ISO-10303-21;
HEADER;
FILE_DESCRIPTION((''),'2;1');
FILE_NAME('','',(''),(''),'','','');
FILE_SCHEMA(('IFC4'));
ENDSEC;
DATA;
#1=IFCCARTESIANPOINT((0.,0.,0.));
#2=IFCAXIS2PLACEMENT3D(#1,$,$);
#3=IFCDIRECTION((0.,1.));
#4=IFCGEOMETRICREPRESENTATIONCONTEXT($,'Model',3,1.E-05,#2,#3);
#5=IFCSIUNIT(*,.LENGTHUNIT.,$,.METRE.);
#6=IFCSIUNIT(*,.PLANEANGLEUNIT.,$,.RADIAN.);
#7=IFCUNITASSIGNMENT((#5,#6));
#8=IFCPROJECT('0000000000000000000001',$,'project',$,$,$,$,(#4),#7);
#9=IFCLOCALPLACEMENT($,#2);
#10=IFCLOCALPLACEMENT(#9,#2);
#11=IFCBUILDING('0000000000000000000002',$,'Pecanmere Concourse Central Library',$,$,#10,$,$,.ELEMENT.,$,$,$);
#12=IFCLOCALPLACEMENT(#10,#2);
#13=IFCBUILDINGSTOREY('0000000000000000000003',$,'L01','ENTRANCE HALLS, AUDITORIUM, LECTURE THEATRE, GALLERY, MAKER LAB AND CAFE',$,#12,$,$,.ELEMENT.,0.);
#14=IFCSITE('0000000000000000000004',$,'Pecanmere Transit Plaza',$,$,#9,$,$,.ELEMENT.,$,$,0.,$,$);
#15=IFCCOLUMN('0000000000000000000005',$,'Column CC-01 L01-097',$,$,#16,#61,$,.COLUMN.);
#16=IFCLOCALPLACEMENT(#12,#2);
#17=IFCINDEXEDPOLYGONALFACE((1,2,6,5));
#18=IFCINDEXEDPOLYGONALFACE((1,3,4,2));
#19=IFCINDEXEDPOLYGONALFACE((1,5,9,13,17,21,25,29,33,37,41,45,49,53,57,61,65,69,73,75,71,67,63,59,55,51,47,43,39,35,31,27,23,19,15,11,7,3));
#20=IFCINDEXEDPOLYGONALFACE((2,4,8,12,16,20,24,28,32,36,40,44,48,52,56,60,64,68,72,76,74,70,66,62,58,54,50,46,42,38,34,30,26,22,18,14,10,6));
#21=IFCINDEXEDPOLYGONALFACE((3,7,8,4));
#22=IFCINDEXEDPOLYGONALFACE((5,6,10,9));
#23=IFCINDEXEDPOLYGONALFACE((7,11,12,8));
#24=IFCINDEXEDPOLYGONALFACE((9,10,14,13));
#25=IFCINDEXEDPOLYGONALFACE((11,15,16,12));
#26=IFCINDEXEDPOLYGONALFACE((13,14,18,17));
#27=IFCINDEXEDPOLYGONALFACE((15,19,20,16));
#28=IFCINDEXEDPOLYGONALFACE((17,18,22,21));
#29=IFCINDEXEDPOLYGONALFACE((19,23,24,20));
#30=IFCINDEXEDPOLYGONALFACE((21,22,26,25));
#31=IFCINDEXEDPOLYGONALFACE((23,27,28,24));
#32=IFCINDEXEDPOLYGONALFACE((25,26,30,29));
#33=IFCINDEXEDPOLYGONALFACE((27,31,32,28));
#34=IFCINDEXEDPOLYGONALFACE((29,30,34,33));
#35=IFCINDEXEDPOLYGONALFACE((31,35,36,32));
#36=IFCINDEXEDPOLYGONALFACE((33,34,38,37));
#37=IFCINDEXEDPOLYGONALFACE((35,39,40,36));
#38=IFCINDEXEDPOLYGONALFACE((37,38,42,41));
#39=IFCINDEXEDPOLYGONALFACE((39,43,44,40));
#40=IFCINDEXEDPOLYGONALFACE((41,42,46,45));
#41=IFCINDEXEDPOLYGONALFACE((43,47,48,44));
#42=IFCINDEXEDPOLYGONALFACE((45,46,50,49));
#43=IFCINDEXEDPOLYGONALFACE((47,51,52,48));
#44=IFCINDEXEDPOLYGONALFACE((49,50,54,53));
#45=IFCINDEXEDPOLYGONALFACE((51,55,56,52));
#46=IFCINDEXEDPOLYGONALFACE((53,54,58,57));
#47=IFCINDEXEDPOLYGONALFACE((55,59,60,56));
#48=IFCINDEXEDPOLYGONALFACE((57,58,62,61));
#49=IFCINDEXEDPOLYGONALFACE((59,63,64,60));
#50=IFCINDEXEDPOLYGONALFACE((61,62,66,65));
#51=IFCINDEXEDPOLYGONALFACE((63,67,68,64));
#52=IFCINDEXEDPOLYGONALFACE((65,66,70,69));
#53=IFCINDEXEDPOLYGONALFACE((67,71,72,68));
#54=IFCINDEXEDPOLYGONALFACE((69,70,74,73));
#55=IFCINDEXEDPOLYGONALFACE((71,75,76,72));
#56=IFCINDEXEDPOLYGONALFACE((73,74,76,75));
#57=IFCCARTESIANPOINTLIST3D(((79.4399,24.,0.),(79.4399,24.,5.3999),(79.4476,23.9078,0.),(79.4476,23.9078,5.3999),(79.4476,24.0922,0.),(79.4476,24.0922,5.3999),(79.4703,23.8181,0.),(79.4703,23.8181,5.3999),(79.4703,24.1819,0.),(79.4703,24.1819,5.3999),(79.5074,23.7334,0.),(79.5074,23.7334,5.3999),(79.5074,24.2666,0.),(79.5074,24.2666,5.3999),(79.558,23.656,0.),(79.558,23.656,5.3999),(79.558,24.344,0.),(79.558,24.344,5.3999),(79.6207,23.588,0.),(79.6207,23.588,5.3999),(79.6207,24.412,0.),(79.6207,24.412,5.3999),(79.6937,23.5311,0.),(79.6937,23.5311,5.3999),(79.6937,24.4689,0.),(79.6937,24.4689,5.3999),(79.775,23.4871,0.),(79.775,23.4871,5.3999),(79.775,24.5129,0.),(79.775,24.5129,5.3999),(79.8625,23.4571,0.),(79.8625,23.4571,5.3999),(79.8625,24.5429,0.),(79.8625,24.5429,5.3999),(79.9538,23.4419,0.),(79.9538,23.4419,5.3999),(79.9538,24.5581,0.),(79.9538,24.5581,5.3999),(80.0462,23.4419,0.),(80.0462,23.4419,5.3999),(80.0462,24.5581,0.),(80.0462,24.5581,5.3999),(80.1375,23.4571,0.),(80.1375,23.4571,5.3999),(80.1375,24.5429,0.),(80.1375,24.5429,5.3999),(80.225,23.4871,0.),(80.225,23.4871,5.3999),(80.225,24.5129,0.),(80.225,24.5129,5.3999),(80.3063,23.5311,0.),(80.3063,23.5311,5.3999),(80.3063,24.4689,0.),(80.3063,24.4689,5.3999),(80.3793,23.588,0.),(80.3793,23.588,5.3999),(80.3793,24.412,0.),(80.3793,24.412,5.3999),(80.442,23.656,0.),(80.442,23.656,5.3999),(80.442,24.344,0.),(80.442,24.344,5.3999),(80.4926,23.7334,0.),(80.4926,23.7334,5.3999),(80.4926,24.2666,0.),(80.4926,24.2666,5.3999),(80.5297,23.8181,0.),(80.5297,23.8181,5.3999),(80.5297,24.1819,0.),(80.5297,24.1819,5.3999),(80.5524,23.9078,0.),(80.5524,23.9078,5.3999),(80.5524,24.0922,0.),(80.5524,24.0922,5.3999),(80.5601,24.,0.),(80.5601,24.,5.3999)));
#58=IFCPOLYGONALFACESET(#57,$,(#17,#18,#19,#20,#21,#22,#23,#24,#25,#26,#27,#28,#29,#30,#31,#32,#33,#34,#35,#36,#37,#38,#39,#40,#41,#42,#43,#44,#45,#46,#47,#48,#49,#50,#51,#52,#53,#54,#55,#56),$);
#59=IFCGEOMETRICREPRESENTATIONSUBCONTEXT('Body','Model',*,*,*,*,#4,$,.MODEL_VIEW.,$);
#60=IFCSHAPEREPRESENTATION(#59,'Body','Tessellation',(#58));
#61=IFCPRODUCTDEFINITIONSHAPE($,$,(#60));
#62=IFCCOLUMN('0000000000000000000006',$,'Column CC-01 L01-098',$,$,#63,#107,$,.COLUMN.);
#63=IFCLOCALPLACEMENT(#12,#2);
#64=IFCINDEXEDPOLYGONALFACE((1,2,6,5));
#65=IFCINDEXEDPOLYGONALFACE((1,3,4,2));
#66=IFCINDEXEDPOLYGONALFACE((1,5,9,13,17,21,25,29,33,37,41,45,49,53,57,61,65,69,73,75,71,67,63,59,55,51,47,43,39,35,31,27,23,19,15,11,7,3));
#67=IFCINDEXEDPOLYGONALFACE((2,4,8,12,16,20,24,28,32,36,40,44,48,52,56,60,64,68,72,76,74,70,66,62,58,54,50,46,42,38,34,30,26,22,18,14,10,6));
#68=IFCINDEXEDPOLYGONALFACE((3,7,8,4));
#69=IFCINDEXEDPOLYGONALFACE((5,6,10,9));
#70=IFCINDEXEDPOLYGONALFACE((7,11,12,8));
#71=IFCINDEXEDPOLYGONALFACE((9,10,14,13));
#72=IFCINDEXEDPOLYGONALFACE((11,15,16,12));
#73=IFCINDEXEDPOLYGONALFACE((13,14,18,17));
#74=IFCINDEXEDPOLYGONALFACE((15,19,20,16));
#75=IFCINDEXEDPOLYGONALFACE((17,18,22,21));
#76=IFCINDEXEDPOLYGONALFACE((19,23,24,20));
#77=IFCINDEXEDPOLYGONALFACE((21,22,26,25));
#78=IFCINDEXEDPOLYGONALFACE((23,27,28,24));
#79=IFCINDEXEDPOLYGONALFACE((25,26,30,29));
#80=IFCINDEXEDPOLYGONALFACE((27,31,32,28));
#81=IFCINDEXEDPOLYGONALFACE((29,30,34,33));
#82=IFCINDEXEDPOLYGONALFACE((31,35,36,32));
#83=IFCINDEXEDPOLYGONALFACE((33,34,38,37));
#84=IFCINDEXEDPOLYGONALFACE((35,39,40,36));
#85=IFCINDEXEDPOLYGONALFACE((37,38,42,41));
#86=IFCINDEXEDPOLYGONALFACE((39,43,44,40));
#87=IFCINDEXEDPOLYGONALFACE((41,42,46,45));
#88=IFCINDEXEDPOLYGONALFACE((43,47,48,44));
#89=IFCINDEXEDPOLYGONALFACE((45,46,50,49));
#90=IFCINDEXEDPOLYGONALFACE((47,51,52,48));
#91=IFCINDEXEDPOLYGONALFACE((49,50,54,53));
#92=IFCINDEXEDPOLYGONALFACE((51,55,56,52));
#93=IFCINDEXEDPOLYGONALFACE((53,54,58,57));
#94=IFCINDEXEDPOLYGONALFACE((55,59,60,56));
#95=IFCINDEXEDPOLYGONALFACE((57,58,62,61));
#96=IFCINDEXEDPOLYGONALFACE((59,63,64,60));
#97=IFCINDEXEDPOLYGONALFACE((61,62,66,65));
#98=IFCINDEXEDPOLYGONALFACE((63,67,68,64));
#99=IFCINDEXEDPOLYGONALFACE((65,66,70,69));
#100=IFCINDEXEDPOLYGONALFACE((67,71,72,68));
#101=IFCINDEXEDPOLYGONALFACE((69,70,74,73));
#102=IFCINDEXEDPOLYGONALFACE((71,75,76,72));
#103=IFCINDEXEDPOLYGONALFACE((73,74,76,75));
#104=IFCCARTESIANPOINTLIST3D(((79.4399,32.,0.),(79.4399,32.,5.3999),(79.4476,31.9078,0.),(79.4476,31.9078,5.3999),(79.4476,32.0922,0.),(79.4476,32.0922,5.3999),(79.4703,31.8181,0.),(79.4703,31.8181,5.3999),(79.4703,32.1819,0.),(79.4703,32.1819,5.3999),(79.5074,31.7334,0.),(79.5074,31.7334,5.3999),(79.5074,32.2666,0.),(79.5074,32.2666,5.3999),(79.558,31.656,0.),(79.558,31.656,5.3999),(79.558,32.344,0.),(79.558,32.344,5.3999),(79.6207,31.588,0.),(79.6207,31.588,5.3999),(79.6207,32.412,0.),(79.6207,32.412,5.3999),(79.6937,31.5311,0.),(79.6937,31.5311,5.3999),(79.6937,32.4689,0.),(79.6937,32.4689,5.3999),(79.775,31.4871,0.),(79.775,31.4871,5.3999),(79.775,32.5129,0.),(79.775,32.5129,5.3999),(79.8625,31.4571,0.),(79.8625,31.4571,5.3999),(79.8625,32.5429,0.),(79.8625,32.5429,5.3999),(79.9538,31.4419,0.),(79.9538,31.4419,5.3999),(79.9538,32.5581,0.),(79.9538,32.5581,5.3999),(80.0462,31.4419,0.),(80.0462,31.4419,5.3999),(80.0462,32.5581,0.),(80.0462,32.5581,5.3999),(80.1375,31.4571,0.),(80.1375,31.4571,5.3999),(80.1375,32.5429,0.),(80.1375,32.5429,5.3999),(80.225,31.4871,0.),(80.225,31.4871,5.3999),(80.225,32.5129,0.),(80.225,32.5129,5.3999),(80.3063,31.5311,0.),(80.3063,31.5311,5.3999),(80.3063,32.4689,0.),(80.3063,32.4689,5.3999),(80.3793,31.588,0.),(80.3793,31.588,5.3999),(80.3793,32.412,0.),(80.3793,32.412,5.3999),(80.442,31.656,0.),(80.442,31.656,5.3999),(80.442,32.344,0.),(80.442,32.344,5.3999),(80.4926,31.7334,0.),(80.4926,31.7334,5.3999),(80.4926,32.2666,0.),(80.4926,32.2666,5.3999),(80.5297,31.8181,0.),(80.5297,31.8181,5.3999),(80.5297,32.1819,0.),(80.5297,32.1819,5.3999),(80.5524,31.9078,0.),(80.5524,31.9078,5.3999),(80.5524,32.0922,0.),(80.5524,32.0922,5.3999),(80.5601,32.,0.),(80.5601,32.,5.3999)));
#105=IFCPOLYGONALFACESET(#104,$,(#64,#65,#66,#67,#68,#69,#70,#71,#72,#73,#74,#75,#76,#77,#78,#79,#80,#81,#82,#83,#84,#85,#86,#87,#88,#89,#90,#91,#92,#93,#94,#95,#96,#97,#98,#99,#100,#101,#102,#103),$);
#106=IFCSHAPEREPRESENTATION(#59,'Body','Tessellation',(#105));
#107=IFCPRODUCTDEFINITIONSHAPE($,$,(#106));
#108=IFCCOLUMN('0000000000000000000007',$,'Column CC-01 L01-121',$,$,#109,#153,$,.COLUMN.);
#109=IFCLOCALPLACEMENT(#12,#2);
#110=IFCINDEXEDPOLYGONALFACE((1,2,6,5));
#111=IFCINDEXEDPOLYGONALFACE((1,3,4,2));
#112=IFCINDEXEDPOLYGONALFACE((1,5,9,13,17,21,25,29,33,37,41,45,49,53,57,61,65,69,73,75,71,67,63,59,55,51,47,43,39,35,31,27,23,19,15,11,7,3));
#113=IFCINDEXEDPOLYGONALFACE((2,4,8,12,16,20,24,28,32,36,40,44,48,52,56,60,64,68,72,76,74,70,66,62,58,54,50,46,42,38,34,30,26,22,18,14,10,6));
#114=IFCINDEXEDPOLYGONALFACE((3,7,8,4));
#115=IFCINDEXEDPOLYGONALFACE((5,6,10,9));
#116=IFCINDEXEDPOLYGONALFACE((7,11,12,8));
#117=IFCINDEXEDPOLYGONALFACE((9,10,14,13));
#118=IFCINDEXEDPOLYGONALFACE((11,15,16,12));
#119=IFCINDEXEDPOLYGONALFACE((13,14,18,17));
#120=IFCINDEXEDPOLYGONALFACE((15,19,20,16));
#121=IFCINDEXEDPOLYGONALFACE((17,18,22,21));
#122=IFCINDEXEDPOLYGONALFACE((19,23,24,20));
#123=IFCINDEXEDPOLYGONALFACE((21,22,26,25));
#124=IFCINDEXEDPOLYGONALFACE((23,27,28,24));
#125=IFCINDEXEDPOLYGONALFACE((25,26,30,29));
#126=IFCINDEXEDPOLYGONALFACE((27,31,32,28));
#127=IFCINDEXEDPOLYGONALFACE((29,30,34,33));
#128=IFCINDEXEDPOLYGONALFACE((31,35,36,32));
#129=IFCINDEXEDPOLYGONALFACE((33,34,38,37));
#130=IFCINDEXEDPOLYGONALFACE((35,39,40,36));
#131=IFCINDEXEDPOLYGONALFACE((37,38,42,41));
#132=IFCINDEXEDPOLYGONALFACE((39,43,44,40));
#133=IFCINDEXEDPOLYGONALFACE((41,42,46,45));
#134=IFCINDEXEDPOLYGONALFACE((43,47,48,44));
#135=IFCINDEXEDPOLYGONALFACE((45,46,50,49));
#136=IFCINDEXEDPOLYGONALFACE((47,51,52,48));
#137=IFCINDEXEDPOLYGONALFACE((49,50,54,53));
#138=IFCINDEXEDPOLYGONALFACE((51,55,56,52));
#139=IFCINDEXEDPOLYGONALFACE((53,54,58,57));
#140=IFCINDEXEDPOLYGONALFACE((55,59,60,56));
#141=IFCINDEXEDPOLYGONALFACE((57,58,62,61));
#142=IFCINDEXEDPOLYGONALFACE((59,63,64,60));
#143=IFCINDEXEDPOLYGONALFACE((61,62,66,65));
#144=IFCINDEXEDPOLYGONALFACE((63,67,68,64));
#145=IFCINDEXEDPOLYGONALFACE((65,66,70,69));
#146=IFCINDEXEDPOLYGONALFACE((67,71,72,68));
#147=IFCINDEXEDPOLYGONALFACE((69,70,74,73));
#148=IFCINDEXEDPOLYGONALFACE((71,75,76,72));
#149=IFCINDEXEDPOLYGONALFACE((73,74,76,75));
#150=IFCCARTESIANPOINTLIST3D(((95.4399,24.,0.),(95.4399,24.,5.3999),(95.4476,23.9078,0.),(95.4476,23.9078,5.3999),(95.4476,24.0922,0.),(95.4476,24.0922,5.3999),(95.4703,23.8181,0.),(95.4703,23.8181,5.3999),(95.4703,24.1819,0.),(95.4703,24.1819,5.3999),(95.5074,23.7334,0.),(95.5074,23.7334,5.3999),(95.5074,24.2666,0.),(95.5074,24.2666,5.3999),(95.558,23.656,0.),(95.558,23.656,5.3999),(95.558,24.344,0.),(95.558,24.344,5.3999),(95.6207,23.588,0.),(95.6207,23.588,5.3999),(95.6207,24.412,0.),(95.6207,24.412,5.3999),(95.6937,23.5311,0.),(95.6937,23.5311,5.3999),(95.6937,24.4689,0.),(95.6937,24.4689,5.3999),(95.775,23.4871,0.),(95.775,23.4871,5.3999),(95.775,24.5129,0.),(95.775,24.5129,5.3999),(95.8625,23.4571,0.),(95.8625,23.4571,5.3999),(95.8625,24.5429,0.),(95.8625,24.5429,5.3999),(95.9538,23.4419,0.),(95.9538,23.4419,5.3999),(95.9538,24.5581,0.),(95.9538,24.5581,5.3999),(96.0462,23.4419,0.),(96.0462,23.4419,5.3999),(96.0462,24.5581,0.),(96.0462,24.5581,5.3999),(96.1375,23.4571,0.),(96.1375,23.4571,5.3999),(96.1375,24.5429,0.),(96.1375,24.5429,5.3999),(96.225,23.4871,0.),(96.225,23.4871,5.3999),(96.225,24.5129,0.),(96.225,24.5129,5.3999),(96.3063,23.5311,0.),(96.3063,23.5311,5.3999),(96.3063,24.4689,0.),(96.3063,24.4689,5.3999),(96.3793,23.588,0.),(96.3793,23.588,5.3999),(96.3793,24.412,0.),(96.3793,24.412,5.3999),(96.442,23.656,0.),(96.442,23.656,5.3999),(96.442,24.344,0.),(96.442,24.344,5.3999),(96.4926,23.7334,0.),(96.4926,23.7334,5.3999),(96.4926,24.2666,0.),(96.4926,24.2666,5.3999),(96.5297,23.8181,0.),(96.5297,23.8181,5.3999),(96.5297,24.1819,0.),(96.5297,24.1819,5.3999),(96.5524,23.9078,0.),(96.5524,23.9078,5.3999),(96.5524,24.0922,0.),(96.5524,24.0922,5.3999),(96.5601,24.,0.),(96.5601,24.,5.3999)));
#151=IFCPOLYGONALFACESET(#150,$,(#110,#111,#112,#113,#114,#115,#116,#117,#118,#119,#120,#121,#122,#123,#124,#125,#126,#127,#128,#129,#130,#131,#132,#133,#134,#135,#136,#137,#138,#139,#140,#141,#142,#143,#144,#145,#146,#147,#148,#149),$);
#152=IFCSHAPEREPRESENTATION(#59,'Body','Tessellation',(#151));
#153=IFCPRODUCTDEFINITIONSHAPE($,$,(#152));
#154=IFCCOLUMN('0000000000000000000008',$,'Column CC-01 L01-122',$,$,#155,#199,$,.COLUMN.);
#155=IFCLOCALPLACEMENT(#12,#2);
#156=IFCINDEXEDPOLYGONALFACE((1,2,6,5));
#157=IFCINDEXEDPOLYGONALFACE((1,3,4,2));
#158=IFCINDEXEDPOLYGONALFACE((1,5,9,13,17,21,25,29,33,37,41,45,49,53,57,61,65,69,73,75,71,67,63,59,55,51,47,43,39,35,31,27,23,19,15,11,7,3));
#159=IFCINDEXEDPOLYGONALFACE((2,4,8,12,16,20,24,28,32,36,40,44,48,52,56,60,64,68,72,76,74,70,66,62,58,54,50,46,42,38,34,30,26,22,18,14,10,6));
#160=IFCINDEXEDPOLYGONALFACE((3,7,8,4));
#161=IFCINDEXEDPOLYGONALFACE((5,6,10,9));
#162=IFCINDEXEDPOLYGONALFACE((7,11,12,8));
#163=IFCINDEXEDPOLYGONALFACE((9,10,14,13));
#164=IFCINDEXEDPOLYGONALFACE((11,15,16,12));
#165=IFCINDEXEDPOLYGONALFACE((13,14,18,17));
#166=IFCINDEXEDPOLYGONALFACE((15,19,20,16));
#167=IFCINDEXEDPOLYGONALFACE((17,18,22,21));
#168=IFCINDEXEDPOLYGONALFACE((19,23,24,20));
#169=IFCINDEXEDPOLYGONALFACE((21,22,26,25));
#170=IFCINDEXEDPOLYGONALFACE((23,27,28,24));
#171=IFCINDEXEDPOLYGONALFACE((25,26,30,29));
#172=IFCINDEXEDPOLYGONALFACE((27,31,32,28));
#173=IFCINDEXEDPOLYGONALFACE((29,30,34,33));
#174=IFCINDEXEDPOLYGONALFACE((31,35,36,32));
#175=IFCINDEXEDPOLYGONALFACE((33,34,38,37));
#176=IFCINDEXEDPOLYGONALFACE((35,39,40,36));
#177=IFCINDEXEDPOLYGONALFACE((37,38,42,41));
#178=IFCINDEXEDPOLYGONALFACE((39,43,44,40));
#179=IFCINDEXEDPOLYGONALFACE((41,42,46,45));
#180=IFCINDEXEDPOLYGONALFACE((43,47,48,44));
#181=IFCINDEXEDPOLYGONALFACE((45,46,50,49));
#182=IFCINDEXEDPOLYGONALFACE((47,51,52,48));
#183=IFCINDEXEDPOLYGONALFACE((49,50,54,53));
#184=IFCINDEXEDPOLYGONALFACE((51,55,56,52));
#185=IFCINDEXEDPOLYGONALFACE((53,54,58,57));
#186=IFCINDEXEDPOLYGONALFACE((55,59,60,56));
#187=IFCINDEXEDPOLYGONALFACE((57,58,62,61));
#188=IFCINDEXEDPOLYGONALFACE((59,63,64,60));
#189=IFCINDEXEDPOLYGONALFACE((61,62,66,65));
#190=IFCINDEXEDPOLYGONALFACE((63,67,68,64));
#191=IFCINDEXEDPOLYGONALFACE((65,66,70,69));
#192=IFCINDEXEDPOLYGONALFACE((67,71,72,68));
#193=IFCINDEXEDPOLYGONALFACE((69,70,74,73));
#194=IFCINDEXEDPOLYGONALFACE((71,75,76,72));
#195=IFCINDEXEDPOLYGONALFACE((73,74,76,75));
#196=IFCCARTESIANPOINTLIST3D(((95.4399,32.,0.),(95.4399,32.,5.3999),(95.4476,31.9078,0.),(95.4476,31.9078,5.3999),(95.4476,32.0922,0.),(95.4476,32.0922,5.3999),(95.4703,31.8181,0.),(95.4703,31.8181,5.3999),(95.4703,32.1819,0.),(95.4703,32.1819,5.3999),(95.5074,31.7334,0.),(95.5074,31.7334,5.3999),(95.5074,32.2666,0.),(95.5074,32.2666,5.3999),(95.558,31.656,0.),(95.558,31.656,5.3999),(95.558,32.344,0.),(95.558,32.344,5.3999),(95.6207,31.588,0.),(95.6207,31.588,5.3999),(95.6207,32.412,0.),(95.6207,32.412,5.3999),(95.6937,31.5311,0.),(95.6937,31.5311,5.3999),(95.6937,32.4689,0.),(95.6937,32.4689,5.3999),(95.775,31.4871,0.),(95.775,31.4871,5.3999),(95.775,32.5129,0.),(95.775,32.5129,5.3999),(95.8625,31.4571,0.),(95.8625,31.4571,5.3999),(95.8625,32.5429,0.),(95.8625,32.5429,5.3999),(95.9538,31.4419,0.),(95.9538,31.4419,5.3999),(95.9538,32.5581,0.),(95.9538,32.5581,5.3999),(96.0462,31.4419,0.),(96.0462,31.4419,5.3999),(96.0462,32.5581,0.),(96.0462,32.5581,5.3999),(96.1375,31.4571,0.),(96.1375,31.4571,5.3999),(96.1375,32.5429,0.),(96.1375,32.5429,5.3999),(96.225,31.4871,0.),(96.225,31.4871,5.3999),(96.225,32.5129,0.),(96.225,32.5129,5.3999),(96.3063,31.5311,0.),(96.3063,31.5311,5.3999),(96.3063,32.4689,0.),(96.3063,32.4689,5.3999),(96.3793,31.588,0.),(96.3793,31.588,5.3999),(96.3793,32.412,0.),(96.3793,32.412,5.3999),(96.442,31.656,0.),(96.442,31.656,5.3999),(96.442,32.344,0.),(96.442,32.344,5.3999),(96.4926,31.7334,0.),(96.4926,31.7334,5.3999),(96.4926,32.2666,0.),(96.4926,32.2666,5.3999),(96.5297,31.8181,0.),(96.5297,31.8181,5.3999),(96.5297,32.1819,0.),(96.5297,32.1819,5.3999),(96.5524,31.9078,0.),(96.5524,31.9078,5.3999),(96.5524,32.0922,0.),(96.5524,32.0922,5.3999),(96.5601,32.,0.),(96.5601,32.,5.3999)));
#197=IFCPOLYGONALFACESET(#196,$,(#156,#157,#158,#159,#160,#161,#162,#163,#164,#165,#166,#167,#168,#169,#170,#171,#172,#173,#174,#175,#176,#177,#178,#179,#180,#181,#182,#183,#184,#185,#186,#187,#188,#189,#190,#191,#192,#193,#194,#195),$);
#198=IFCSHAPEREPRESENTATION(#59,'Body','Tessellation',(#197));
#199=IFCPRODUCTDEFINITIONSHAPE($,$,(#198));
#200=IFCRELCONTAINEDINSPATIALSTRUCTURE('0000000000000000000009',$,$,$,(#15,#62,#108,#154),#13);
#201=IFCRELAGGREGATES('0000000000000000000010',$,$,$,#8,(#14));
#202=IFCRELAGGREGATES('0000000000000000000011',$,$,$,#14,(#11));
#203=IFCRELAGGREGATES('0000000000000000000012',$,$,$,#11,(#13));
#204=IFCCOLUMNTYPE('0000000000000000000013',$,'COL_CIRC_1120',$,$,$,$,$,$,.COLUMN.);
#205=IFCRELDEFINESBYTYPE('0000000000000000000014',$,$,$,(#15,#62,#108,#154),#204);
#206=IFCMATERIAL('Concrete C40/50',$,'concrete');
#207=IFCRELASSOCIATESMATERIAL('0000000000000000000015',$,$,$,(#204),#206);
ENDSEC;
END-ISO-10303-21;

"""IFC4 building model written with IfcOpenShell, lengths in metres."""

from ifc_helpers import new_model, si_unit, direction, frame, origin, origin_2d, place, context, subcontext, project, spatial, circle, extrude, material, material_profile, profile_set, type_object, element, save


model = new_model("IFC4")

# Units and contexts
model_context = context("Model", 3, precision=1e-05, world=origin(), true_north=direction((0.0, 1.0)))
body_context = subcontext(model_context, "Body", "Model", "MODEL_VIEW")
ifc_project = project(units=[si_unit("LENGTHUNIT", "METRE"), si_unit("PLANEANGLEUNIT", "RADIAN")], contexts=[model_context])

# Site, building, storey
site_placement = place(None, origin())
site = spatial("IfcSite", under=ifc_project, at=site_placement, Name="Pecanmere Transit Plaza", CompositionType="ELEMENT", RefElevation=0.0)
building_placement = place(site_placement, origin())
building = spatial("IfcBuilding", under=site, at=building_placement, Name="Pecanmere Concourse Central Library", CompositionType="ELEMENT")
storey_placement = place(building_placement, origin())
storey = spatial("IfcBuildingStorey", under=building, at=storey_placement, Name="L01", Description="ENTRANCE HALLS, AUDITORIUM, LECTURE THEATRE, GALLERY, MAKER LAB AND CAFE", CompositionType="ELEMENT", Elevation=0.0)

# Columns
ifc_material_1 = material(Name="Concrete C40/50", Category="concrete")
ifc_material_profile_1 = material_profile(ifc_material_1, circle(Radius=0.5601, at=origin_2d()), Name="RC D1120")
ifc_profile_set_1 = profile_set([ifc_material_profile_1], Name="Concrete C40/50")
column_type_1 = type_object("IfcColumnType", Name="COL_CIRC_1120", PredefinedType="COLUMN", material=ifc_profile_set_1)
for number, where, z_axis, x_axis, name in (
    (1, (80.0, 24.0, 0.0), (0.0, 0.0, 1.0), (1.0, 0.0, 0.0), "Column CC-01 L01-097"),
    (2, (80.0, 32.0, 0.0), (0.0, 0.0, 1.0), (1.0, 0.0, 0.0), "Column CC-01 L01-098"),
    (3, (96.0, 24.0, 0.0), (0.0, 0.0, 1.0), (1.0, 0.0, 0.0), "Column CC-01 L01-121"),
    (4, (96.0, 32.0, 0.0), (0.0, 0.0, 1.0), (1.0, 0.0, 0.0), "Column CC-01 L01-122"),
):
    element("IfcColumn", number, at=place(storey_placement, frame(where, z_axis=z_axis, x_axis=x_axis)), inside=storey, type_object=column_type_1, Name=name, PredefinedType="COLUMN", context=body_context, shape_type="SweptSolid", body=[
        extrude(circle(Radius=0.5601, at=origin_2d()), origin(), (0.0, 0.0, 1.0), 5.3999),
    ])

save(model, "model.ifc")
